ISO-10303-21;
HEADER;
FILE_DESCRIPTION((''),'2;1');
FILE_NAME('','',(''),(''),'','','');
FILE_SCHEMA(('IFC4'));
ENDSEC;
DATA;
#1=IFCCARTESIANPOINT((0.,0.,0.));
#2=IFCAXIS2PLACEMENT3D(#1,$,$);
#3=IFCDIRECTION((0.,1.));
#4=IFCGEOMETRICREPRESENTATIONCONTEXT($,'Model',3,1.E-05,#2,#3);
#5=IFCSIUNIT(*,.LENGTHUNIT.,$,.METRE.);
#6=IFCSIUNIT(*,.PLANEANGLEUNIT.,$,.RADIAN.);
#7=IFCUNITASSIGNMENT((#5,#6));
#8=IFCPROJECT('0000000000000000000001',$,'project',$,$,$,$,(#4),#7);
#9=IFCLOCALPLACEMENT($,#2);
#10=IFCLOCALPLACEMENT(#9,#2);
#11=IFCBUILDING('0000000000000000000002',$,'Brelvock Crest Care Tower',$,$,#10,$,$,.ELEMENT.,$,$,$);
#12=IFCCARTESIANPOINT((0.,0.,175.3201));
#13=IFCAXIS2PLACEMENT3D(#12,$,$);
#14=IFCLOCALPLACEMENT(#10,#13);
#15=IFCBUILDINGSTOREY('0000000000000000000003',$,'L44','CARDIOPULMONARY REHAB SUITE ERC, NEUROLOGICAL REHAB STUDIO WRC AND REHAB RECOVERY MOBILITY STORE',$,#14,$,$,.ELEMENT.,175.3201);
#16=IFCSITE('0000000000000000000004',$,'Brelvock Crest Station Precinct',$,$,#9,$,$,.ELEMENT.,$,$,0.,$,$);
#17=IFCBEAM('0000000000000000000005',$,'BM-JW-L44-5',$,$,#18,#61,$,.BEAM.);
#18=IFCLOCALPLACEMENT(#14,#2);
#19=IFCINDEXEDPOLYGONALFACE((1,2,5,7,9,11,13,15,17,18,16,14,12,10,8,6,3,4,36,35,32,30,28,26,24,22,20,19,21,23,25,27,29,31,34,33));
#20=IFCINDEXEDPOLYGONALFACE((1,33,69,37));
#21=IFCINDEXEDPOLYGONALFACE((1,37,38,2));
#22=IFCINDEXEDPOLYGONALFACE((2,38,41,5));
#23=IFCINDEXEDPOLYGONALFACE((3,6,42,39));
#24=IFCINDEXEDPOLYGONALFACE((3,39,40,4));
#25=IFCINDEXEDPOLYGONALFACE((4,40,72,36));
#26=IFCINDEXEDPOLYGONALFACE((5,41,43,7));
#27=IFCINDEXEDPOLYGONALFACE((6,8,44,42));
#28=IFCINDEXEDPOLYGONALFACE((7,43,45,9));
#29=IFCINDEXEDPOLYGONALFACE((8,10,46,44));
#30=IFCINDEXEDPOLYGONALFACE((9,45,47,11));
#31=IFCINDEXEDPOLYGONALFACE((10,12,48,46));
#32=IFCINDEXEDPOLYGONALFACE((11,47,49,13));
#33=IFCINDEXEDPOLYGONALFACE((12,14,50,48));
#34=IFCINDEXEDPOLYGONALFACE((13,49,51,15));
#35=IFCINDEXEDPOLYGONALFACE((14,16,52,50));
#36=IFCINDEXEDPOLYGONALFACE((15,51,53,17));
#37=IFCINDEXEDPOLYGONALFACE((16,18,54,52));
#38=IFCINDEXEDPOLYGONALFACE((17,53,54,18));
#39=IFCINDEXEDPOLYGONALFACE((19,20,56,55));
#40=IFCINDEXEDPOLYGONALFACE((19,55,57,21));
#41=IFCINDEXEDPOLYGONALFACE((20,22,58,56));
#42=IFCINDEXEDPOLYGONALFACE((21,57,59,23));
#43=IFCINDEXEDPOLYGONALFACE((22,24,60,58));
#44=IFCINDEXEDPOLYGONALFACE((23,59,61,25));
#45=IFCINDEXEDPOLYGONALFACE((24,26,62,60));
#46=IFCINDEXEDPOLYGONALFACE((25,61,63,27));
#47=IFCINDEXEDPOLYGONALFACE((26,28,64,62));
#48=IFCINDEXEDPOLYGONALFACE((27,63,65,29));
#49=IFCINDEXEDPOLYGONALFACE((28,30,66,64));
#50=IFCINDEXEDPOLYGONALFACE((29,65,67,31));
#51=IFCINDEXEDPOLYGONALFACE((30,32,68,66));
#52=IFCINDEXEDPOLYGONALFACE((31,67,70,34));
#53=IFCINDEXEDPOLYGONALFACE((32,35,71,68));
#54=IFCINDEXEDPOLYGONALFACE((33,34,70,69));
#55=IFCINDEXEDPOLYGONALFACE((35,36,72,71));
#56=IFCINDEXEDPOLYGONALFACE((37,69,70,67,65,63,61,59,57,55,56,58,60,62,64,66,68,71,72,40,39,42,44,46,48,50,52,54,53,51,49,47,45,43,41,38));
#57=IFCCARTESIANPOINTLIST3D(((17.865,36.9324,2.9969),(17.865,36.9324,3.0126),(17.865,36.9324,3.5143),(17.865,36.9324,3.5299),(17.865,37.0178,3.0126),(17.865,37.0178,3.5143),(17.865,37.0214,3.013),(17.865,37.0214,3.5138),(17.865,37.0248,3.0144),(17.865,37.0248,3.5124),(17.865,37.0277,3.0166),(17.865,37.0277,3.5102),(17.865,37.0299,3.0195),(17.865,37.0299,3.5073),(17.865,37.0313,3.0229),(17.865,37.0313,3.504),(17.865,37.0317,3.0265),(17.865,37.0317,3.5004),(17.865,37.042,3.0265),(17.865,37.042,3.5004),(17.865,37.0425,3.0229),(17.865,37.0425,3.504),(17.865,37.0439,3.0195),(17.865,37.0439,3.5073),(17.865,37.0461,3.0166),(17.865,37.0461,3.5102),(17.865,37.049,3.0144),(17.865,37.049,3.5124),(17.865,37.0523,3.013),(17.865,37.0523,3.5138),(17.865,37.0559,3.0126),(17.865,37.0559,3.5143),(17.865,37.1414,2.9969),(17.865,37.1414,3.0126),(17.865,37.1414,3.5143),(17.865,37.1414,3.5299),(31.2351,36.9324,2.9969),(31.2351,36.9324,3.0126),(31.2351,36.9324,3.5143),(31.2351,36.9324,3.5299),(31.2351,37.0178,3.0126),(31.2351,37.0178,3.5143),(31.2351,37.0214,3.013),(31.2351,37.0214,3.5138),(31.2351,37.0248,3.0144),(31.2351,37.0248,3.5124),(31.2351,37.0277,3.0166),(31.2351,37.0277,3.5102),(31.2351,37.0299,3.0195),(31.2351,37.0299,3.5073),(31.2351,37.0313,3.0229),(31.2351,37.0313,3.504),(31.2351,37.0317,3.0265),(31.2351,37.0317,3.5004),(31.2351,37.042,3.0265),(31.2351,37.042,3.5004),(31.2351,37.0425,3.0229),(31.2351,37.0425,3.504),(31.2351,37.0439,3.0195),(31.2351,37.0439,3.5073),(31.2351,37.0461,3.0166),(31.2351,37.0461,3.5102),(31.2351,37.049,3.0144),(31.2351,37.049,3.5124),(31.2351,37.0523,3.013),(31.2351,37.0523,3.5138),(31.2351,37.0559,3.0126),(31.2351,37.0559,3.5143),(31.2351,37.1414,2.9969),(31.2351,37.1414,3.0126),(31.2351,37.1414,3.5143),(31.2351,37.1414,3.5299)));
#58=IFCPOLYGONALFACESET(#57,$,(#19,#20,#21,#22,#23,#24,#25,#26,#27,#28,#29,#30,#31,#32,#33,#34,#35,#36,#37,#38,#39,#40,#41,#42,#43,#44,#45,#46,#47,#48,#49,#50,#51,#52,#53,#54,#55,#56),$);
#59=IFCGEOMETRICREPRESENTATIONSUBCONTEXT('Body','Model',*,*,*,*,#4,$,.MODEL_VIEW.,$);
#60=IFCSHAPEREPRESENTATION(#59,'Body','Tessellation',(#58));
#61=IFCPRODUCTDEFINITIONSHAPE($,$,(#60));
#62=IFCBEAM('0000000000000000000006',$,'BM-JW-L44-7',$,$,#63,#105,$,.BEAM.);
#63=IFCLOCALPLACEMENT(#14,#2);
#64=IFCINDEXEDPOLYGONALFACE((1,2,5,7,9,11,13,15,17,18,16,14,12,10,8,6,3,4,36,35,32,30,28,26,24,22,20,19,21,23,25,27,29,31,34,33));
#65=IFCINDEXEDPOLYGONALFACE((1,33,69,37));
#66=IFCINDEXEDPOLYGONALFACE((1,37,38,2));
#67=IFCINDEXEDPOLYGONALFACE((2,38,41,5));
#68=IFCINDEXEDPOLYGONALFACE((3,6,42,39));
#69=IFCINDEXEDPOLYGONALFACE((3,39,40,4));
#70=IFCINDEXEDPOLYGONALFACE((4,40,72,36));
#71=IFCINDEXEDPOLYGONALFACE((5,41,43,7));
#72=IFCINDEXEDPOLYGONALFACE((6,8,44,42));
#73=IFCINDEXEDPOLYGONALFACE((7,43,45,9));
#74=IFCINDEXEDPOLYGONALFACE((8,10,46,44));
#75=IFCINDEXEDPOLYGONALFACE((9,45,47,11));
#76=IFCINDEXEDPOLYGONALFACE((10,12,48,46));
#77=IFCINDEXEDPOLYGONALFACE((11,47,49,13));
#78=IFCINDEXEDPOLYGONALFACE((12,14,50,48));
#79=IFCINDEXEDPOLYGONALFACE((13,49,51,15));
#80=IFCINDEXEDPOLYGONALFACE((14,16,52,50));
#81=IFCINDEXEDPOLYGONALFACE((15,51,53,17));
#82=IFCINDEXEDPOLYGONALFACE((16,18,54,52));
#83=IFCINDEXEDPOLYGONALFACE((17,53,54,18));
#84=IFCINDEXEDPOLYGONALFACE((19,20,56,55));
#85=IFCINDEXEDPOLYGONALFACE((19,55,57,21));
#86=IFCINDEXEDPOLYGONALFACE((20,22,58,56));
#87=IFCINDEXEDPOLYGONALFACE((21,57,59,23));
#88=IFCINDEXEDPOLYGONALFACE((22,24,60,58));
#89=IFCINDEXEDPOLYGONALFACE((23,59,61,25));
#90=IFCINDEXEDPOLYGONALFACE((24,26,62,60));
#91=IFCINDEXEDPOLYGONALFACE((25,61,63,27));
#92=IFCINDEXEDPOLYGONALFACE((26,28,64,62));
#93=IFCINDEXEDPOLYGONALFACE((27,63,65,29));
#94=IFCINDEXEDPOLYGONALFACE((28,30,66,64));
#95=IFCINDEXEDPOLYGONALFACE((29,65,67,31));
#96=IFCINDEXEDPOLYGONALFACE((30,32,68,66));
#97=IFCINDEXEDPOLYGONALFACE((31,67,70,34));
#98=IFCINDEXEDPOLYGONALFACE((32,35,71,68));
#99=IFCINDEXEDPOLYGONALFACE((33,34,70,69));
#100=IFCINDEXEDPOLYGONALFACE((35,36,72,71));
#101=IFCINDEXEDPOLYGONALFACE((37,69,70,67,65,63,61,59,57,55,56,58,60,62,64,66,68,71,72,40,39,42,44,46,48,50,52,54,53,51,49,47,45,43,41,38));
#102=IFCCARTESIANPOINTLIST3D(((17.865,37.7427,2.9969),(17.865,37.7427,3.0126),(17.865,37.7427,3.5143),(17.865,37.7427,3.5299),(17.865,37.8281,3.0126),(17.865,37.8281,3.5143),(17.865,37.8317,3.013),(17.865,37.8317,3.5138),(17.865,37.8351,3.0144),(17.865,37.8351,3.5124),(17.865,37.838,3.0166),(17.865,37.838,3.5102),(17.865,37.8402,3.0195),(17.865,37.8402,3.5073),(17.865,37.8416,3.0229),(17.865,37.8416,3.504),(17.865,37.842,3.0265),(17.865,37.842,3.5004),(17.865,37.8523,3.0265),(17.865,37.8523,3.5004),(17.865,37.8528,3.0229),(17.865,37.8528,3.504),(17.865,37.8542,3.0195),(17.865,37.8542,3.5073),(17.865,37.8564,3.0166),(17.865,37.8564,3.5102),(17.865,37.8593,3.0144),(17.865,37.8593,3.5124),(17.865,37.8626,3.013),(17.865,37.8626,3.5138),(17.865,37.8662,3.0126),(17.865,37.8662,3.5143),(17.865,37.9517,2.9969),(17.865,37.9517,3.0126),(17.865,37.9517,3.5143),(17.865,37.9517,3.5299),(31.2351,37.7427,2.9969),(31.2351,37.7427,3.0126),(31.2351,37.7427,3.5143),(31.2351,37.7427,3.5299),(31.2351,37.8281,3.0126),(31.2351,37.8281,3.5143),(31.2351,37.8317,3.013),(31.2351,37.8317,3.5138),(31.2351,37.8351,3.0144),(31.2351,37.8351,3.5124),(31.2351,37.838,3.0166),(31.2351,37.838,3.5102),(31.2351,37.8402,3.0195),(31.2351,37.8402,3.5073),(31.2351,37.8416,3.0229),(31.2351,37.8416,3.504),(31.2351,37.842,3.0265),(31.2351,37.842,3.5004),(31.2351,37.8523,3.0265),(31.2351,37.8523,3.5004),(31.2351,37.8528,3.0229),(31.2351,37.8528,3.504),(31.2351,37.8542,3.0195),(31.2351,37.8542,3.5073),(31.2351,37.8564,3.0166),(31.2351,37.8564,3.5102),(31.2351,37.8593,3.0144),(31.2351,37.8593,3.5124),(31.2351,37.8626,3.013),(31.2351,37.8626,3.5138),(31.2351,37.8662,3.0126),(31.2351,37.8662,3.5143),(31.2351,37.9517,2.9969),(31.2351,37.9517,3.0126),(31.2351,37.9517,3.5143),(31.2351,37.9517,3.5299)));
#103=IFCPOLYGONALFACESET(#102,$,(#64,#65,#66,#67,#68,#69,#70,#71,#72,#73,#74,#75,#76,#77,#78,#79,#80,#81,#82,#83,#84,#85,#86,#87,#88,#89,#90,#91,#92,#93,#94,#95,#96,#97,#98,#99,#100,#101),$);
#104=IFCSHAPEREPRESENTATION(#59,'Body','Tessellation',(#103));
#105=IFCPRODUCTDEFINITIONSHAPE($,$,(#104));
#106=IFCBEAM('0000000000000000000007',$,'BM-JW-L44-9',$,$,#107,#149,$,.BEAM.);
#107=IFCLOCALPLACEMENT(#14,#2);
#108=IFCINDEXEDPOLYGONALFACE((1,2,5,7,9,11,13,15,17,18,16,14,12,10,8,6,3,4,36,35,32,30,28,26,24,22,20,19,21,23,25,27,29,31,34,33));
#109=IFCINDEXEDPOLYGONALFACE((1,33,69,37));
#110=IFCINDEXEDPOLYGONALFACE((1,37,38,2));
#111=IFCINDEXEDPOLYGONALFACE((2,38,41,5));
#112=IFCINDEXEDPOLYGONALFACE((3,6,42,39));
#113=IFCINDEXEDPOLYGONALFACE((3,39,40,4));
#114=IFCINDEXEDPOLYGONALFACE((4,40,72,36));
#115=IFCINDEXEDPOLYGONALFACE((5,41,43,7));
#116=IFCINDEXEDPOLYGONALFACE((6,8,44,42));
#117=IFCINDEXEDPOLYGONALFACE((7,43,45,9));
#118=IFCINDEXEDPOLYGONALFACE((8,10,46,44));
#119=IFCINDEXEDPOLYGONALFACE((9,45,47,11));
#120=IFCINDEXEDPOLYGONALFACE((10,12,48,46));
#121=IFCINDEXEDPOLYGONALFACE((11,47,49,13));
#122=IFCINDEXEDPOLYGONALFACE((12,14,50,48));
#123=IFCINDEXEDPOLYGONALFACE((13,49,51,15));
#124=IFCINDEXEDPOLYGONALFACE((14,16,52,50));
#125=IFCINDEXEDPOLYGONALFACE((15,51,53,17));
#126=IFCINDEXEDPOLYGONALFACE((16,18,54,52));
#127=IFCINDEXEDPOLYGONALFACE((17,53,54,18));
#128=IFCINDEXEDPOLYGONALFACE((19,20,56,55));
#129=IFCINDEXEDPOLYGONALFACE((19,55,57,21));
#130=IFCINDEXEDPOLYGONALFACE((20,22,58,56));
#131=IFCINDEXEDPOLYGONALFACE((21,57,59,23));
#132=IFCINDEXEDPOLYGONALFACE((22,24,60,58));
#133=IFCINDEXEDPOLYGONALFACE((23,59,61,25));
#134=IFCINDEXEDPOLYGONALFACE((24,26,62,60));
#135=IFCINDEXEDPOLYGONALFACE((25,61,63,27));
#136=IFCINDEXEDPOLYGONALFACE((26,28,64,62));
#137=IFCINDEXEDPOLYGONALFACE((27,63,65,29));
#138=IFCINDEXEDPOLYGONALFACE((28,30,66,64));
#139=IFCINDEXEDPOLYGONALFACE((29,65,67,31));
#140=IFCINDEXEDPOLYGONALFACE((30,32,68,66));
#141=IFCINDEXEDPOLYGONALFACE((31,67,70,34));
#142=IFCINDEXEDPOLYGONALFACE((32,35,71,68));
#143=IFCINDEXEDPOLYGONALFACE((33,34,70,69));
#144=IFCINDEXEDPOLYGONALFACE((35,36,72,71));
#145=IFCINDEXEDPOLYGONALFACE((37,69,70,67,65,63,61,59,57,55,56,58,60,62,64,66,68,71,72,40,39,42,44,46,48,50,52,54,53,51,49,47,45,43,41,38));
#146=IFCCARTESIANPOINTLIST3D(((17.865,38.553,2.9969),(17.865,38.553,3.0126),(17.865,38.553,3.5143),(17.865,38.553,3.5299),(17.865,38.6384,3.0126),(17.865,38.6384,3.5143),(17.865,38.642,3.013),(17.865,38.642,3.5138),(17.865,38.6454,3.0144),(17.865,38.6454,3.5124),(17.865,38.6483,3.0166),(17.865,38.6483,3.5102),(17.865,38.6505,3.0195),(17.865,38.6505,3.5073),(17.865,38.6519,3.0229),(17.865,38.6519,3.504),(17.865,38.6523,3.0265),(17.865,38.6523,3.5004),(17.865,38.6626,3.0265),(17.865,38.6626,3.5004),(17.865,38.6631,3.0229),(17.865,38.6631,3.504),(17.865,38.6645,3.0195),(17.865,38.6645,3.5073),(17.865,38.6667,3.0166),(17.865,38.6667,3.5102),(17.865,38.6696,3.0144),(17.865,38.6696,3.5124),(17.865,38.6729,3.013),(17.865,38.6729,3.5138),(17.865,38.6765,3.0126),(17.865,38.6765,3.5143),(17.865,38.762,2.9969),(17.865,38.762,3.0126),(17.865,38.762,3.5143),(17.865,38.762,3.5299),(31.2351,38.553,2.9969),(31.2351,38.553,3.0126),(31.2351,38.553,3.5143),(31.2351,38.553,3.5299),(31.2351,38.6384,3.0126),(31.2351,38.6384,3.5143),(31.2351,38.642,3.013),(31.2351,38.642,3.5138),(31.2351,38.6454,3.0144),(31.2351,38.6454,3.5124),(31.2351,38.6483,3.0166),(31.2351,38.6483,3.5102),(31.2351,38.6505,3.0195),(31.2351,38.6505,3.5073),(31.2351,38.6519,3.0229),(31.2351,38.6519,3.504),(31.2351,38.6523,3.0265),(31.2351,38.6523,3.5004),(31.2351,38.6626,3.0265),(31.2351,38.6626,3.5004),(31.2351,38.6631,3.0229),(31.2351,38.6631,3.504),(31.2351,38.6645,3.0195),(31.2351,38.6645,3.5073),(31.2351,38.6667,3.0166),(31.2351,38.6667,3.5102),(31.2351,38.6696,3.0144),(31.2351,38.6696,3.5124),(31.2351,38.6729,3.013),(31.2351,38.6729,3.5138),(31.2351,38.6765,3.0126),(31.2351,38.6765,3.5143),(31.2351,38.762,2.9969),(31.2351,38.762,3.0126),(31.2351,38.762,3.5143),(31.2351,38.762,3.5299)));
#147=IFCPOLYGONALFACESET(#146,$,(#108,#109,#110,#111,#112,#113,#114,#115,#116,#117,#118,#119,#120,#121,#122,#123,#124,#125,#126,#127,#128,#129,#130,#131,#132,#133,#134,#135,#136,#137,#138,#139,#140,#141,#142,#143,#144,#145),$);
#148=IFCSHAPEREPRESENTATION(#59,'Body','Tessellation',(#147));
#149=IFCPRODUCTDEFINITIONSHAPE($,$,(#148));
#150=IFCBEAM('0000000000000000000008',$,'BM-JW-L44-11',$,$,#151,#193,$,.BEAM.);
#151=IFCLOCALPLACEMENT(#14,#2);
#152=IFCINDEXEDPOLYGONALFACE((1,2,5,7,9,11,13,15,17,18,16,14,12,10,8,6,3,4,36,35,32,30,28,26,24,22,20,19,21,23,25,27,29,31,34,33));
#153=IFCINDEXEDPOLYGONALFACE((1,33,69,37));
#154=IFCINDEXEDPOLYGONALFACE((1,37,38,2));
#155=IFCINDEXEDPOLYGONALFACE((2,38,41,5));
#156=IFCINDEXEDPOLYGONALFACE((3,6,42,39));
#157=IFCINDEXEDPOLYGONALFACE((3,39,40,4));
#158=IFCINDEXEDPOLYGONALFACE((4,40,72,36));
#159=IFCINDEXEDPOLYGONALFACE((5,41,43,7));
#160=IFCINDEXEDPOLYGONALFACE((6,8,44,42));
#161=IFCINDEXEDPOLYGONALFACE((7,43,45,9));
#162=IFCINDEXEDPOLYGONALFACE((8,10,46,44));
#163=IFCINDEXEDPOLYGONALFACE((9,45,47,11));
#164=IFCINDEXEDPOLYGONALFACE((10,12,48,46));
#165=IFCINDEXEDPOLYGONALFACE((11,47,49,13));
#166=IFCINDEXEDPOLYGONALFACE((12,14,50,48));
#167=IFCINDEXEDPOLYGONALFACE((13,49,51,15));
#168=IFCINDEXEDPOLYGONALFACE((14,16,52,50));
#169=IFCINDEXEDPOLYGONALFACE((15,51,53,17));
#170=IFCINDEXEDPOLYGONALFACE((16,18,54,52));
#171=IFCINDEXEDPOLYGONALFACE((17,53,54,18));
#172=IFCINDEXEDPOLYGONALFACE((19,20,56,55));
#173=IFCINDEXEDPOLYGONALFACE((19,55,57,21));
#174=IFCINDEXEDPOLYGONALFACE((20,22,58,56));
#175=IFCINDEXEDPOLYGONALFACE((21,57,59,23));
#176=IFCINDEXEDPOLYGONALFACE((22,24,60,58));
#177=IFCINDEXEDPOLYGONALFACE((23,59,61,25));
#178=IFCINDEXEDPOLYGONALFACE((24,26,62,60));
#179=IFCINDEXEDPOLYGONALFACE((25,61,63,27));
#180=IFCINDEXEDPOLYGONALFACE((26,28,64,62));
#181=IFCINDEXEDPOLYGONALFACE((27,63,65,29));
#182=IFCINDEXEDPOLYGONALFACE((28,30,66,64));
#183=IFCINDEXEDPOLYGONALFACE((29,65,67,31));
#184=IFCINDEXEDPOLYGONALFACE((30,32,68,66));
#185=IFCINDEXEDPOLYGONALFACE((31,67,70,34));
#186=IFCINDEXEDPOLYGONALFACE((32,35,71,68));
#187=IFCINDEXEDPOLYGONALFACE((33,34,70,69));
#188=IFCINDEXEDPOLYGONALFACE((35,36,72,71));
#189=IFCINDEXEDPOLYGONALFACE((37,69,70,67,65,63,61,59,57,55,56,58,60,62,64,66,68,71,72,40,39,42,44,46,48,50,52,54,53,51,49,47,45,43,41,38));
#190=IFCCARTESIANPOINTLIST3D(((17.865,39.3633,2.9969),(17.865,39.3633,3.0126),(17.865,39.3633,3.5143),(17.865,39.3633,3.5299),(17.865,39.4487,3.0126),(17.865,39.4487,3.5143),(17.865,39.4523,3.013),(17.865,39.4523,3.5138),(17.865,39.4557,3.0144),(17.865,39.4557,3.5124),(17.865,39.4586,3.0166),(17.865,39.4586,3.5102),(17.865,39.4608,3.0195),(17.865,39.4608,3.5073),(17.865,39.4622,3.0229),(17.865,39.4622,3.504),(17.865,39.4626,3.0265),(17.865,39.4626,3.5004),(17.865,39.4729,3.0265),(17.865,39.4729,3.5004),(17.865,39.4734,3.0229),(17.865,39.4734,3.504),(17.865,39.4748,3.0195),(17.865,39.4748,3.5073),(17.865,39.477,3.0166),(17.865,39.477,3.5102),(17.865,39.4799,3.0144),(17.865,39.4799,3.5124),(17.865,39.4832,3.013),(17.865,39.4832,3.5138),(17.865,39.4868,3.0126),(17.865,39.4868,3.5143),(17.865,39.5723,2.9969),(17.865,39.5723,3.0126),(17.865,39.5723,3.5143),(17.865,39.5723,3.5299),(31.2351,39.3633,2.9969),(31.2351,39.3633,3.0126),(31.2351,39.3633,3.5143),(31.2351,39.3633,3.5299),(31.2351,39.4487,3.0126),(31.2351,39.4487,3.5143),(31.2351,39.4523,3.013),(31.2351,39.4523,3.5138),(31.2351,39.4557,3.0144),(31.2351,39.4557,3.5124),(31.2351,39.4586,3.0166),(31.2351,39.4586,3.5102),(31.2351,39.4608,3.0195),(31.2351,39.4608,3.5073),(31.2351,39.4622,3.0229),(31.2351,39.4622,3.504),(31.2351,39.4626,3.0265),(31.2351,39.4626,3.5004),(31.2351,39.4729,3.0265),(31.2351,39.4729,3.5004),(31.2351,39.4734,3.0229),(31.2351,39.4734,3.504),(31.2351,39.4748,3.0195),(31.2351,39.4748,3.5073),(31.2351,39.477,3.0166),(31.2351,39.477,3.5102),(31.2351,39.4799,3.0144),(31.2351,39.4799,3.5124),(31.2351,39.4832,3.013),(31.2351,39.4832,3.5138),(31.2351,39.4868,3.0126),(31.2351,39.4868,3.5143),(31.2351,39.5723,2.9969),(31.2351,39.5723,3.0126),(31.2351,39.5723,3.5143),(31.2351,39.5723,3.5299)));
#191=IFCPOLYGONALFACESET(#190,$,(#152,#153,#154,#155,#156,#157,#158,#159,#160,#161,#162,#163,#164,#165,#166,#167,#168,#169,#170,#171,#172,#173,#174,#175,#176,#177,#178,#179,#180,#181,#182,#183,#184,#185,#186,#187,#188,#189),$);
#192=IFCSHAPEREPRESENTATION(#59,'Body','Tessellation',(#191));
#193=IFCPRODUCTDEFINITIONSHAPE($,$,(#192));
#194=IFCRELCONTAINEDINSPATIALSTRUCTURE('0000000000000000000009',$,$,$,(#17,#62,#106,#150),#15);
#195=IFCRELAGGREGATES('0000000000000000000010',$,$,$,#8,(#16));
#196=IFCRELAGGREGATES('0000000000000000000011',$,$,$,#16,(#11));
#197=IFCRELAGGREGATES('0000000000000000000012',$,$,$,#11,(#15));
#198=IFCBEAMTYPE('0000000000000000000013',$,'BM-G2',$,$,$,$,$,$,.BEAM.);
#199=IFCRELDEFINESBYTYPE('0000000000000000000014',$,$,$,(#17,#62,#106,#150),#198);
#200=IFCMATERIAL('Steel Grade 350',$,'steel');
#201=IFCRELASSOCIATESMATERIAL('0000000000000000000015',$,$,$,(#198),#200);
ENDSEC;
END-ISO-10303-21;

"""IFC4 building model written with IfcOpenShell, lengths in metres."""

from ifc_helpers import new_model, si_unit, direction, frame, origin, origin_2d, place, context, subcontext, project, spatial, i_section, extrude, source, transform, mapped, material, material_profile, profile_set, type_object, element, save


model = new_model("IFC4")

# Units and contexts
model_context = context("Model", 3, precision=1e-05, world=origin(), true_north=direction((0.0, 1.0)))
body_context = subcontext(model_context, "Body", "Model", "MODEL_VIEW")
ifc_project = project(units=[si_unit("LENGTHUNIT", "METRE"), si_unit("PLANEANGLEUNIT", "RADIAN")], contexts=[model_context])

# Site, building, storey
site_placement = place(None, origin())
site = spatial("IfcSite", under=ifc_project, at=site_placement, Name="Brelvock Crest Station Precinct", CompositionType="ELEMENT", RefElevation=0.0)
building_placement = place(site_placement, origin())
building = spatial("IfcBuilding", under=site, at=building_placement, Name="Brelvock Crest Care Tower", CompositionType="ELEMENT")
storey_placement = place(building_placement, frame((0.0, 0.0, 175.3201)))
storey = spatial("IfcBuildingStorey", under=building, at=storey_placement, Name="L44", Description="CARDIOPULMONARY REHAB SUITE ERC, NEUROLOGICAL REHAB STUDIO WRC AND REHAB RECOVERY MOBILITY STORE", CompositionType="ELEMENT", Elevation=175.3201)

# Beams
ifc_material_1 = material(Name="Steel Grade 350", Category="steel")
ifc_material_profile_1 = material_profile(ifc_material_1, i_section(OverallWidth=0.209, OverallDepth=0.533, WebThickness=0.0103, FlangeThickness=0.0156, FilletRadius=0.0139, at=origin_2d()), Name="530UB92.4")
ifc_profile_set_1 = profile_set([ifc_material_profile_1], Name="Steel Grade 350")
beam_type_1 = type_object("IfcBeamType", Name="BM-G2", PredefinedType="BEAM", material=ifc_profile_set_1)
shared_shape_1 = source(origin(), body_context, "Body", "SweptSolid", [
    extrude(i_section(OverallWidth=0.209, OverallDepth=0.533, WebThickness=0.0103, FlangeThickness=0.0156, FilletRadius=0.0139, at=origin_2d()), origin(), (0.0, 0.0, 1.0), 13.3701),
])
for number, where, z_axis, x_axis, name in (
    (1, (17.865, 37.0369, 3.2634), (1.0, 0.0, 0.0), (0.0, 1.0, 0.0), "BM-JW-L44-5"),
    (2, (17.865, 37.8472, 3.2634), (1.0, 0.0, 0.0), (0.0, 1.0, 0.0), "BM-JW-L44-7"),
    (3, (17.865, 38.6575, 3.2634), (1.0, 0.0, 0.0), (0.0, 1.0, 0.0), "BM-JW-L44-9"),
    (4, (17.865, 39.4678, 3.2634), (1.0, 0.0, 0.0), (0.0, 1.0, 0.0), "BM-JW-L44-11"),
):
    element("IfcBeam", number, at=place(storey_placement, frame(where, z_axis=z_axis, x_axis=x_axis)), inside=storey, type_object=beam_type_1, Name=name, PredefinedType="BEAM", context=body_context, shape_type="MappedRepresentation", body=[
        mapped(shared_shape_1, transform((0.0, 0.0, 0.0), x_axis=(1.0, 0.0, 0.0), y_axis=(0.0, 1.0, 0.0), z_axis=(0.0, 0.0, 1.0), scale=1.0)),
    ])

save(model, "model.ifc")
